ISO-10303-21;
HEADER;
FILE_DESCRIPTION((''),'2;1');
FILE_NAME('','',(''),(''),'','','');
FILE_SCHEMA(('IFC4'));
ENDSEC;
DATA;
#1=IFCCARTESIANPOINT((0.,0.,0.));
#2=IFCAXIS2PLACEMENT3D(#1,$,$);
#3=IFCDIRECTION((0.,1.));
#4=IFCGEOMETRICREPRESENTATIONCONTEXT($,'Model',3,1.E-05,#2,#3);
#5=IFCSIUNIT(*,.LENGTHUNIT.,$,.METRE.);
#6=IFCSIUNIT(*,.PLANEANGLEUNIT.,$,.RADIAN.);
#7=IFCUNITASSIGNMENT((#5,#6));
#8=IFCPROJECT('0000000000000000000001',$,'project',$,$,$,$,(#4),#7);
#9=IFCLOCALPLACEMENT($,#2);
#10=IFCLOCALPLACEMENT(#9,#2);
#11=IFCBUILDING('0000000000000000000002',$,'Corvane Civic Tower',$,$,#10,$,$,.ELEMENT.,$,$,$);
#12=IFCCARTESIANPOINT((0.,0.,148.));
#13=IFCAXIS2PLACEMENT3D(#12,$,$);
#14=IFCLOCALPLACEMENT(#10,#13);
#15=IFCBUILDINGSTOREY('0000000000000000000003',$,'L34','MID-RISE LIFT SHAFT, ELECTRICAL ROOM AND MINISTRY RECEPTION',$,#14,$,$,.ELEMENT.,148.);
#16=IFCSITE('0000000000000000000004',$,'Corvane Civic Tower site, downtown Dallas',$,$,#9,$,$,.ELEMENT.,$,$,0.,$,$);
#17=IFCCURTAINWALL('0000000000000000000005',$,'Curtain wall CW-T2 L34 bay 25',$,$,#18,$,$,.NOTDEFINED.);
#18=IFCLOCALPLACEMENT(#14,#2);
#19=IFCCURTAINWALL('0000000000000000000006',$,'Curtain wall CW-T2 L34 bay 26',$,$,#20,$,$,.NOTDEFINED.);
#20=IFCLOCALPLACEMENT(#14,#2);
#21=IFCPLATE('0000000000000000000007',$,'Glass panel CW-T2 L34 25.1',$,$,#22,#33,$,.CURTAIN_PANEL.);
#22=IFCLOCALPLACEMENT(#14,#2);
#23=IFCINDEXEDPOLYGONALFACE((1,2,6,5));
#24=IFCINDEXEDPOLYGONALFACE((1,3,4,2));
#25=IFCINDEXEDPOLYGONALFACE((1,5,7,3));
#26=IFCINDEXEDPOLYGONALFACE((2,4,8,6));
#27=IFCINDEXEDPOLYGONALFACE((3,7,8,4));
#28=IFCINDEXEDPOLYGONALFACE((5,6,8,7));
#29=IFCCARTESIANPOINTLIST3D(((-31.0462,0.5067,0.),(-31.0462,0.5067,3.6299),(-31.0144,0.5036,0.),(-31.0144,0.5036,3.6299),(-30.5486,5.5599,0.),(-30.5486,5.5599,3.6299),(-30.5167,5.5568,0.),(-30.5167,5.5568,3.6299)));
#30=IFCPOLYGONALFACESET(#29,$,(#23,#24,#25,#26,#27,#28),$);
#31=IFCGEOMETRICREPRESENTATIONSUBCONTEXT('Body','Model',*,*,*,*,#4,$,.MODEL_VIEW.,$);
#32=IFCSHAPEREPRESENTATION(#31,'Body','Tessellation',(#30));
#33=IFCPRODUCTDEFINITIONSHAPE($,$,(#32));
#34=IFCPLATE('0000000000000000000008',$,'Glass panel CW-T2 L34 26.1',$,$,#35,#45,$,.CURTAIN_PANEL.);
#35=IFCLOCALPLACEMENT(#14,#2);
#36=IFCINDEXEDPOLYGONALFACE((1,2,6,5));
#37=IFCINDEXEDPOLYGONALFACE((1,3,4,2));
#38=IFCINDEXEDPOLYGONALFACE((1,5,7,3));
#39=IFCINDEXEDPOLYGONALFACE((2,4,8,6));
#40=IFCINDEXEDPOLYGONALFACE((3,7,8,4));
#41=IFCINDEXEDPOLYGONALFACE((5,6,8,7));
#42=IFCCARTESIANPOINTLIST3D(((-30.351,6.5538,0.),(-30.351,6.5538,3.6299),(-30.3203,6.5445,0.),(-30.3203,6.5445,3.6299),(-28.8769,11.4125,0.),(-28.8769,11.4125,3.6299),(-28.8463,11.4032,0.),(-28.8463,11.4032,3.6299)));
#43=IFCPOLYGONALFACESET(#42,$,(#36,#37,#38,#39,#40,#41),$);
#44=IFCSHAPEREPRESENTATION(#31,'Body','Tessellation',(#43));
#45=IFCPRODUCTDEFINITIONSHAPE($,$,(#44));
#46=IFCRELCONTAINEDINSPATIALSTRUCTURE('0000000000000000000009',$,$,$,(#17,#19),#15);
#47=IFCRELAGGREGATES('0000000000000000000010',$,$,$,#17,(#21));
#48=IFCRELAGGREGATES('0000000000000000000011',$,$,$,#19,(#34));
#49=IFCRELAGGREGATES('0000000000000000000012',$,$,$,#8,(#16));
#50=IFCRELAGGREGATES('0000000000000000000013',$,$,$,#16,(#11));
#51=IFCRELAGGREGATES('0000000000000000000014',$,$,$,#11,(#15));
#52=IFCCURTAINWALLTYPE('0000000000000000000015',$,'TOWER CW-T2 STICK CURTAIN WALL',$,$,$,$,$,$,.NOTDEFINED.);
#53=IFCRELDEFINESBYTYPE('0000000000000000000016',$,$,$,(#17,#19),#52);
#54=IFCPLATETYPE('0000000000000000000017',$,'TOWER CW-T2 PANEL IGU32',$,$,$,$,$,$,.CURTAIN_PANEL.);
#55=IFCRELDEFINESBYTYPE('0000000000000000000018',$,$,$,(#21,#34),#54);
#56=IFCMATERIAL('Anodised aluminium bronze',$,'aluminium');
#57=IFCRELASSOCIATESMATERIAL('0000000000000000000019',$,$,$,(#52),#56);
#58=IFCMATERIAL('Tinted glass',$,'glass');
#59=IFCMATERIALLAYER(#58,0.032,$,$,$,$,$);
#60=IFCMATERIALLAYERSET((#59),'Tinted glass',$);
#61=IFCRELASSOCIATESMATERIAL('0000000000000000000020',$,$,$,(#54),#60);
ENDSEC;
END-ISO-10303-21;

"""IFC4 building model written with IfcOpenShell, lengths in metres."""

from ifc_helpers import new_model, si_unit, direction, frame, origin, origin_2d, place, context, subcontext, project, spatial, rectangle, extrude, material, layer, layer_set, type_object, element, aggregate, save


model = new_model("IFC4")

# Units and contexts
model_context = context("Model", 3, precision=1e-05, world=origin(), true_north=direction((0.0, 1.0)))
body_context = subcontext(model_context, "Body", "Model", "MODEL_VIEW")
ifc_project = project(units=[si_unit("LENGTHUNIT", "METRE"), si_unit("PLANEANGLEUNIT", "RADIAN")], contexts=[model_context])

# Site, building, storey
site_placement = place(None, origin())
site = spatial("IfcSite", under=ifc_project, at=site_placement, Name="Corvane Civic Tower site, downtown Dallas", CompositionType="ELEMENT", RefElevation=0.0)
building_placement = place(site_placement, origin())
building = spatial("IfcBuilding", under=site, at=building_placement, Name="Corvane Civic Tower", CompositionType="ELEMENT")
storey_placement = place(building_placement, frame((0.0, 0.0, 148.0)))
storey = spatial("IfcBuildingStorey", under=building, at=storey_placement, Name="L34", Description="MID-RISE LIFT SHAFT, ELECTRICAL ROOM AND MINISTRY RECEPTION", CompositionType="ELEMENT", Elevation=148.0)

# Curtain walls
ifc_material_1 = material(Name="Anodised aluminium bronze", Category="aluminium")
curtain_wall_type = type_object("IfcCurtainWallType", Name="TOWER CW-T2 STICK CURTAIN WALL", PredefinedType="NOTDEFINED", material=ifc_material_1)
curtain_wall_1_placement = place(storey_placement, origin())
curtain_wall_1 = element("IfcCurtainWall", 1, at=curtain_wall_1_placement, inside=storey, type_object=curtain_wall_type, Name="Curtain wall CW-T2 L34 bay 25", PredefinedType="NOTDEFINED")
curtain_wall_2_placement = place(storey_placement, origin())
curtain_wall_2 = element("IfcCurtainWall", 2, at=curtain_wall_2_placement, inside=storey, type_object=curtain_wall_type, Name="Curtain wall CW-T2 L34 bay 26", PredefinedType="NOTDEFINED")

# Plates
ifc_material_2 = material(Name="Tinted glass", Category="glass")
ifc_layer_1 = layer(ifc_material_2, 0.032)
ifc_layer_set_1 = layer_set([ifc_layer_1], Name="Tinted glass")
plate_type = type_object("IfcPlateType", Name="TOWER CW-T2 PANEL IGU32", PredefinedType="CURTAIN_PANEL", material=ifc_layer_set_1)
plate_1_placement = place(storey_placement, frame((-30.7815, 3.0317, 0.0), z_axis=(0.0, 0.0, 1.0), x_axis=(0.098012, 0.995185, 0.0)))
plate_1 = element("IfcPlate", 3, at=plate_1_placement, type_object=plate_type, Name="Glass panel CW-T2 L34 25.1", PredefinedType="CURTAIN_PANEL", context=body_context, shape_type="SweptSolid", body=[
    extrude(rectangle(XDim=5.0776, YDim=0.032, at=origin_2d()), origin(), (0.0, 0.0, 1.0), 3.6299),
])
aggregate(curtain_wall_1, [plate_1])
plate_2_placement = place(storey_placement, frame((-29.5986, 8.9785, 0.0), z_axis=(0.0, 0.0, 1.0), x_axis=(0.290313, 0.956932, 0.0)))
plate_2 = element("IfcPlate", 4, at=plate_2_placement, type_object=plate_type, Name="Glass panel CW-T2 L34 26.1", PredefinedType="CURTAIN_PANEL", context=body_context, shape_type="SweptSolid", body=[
    extrude(rectangle(XDim=5.0774, YDim=0.032, at=origin_2d()), origin(), (0.0, 0.0, 1.0), 3.6299),
])
aggregate(curtain_wall_2, [plate_2])

save(model, "model.ifc")
